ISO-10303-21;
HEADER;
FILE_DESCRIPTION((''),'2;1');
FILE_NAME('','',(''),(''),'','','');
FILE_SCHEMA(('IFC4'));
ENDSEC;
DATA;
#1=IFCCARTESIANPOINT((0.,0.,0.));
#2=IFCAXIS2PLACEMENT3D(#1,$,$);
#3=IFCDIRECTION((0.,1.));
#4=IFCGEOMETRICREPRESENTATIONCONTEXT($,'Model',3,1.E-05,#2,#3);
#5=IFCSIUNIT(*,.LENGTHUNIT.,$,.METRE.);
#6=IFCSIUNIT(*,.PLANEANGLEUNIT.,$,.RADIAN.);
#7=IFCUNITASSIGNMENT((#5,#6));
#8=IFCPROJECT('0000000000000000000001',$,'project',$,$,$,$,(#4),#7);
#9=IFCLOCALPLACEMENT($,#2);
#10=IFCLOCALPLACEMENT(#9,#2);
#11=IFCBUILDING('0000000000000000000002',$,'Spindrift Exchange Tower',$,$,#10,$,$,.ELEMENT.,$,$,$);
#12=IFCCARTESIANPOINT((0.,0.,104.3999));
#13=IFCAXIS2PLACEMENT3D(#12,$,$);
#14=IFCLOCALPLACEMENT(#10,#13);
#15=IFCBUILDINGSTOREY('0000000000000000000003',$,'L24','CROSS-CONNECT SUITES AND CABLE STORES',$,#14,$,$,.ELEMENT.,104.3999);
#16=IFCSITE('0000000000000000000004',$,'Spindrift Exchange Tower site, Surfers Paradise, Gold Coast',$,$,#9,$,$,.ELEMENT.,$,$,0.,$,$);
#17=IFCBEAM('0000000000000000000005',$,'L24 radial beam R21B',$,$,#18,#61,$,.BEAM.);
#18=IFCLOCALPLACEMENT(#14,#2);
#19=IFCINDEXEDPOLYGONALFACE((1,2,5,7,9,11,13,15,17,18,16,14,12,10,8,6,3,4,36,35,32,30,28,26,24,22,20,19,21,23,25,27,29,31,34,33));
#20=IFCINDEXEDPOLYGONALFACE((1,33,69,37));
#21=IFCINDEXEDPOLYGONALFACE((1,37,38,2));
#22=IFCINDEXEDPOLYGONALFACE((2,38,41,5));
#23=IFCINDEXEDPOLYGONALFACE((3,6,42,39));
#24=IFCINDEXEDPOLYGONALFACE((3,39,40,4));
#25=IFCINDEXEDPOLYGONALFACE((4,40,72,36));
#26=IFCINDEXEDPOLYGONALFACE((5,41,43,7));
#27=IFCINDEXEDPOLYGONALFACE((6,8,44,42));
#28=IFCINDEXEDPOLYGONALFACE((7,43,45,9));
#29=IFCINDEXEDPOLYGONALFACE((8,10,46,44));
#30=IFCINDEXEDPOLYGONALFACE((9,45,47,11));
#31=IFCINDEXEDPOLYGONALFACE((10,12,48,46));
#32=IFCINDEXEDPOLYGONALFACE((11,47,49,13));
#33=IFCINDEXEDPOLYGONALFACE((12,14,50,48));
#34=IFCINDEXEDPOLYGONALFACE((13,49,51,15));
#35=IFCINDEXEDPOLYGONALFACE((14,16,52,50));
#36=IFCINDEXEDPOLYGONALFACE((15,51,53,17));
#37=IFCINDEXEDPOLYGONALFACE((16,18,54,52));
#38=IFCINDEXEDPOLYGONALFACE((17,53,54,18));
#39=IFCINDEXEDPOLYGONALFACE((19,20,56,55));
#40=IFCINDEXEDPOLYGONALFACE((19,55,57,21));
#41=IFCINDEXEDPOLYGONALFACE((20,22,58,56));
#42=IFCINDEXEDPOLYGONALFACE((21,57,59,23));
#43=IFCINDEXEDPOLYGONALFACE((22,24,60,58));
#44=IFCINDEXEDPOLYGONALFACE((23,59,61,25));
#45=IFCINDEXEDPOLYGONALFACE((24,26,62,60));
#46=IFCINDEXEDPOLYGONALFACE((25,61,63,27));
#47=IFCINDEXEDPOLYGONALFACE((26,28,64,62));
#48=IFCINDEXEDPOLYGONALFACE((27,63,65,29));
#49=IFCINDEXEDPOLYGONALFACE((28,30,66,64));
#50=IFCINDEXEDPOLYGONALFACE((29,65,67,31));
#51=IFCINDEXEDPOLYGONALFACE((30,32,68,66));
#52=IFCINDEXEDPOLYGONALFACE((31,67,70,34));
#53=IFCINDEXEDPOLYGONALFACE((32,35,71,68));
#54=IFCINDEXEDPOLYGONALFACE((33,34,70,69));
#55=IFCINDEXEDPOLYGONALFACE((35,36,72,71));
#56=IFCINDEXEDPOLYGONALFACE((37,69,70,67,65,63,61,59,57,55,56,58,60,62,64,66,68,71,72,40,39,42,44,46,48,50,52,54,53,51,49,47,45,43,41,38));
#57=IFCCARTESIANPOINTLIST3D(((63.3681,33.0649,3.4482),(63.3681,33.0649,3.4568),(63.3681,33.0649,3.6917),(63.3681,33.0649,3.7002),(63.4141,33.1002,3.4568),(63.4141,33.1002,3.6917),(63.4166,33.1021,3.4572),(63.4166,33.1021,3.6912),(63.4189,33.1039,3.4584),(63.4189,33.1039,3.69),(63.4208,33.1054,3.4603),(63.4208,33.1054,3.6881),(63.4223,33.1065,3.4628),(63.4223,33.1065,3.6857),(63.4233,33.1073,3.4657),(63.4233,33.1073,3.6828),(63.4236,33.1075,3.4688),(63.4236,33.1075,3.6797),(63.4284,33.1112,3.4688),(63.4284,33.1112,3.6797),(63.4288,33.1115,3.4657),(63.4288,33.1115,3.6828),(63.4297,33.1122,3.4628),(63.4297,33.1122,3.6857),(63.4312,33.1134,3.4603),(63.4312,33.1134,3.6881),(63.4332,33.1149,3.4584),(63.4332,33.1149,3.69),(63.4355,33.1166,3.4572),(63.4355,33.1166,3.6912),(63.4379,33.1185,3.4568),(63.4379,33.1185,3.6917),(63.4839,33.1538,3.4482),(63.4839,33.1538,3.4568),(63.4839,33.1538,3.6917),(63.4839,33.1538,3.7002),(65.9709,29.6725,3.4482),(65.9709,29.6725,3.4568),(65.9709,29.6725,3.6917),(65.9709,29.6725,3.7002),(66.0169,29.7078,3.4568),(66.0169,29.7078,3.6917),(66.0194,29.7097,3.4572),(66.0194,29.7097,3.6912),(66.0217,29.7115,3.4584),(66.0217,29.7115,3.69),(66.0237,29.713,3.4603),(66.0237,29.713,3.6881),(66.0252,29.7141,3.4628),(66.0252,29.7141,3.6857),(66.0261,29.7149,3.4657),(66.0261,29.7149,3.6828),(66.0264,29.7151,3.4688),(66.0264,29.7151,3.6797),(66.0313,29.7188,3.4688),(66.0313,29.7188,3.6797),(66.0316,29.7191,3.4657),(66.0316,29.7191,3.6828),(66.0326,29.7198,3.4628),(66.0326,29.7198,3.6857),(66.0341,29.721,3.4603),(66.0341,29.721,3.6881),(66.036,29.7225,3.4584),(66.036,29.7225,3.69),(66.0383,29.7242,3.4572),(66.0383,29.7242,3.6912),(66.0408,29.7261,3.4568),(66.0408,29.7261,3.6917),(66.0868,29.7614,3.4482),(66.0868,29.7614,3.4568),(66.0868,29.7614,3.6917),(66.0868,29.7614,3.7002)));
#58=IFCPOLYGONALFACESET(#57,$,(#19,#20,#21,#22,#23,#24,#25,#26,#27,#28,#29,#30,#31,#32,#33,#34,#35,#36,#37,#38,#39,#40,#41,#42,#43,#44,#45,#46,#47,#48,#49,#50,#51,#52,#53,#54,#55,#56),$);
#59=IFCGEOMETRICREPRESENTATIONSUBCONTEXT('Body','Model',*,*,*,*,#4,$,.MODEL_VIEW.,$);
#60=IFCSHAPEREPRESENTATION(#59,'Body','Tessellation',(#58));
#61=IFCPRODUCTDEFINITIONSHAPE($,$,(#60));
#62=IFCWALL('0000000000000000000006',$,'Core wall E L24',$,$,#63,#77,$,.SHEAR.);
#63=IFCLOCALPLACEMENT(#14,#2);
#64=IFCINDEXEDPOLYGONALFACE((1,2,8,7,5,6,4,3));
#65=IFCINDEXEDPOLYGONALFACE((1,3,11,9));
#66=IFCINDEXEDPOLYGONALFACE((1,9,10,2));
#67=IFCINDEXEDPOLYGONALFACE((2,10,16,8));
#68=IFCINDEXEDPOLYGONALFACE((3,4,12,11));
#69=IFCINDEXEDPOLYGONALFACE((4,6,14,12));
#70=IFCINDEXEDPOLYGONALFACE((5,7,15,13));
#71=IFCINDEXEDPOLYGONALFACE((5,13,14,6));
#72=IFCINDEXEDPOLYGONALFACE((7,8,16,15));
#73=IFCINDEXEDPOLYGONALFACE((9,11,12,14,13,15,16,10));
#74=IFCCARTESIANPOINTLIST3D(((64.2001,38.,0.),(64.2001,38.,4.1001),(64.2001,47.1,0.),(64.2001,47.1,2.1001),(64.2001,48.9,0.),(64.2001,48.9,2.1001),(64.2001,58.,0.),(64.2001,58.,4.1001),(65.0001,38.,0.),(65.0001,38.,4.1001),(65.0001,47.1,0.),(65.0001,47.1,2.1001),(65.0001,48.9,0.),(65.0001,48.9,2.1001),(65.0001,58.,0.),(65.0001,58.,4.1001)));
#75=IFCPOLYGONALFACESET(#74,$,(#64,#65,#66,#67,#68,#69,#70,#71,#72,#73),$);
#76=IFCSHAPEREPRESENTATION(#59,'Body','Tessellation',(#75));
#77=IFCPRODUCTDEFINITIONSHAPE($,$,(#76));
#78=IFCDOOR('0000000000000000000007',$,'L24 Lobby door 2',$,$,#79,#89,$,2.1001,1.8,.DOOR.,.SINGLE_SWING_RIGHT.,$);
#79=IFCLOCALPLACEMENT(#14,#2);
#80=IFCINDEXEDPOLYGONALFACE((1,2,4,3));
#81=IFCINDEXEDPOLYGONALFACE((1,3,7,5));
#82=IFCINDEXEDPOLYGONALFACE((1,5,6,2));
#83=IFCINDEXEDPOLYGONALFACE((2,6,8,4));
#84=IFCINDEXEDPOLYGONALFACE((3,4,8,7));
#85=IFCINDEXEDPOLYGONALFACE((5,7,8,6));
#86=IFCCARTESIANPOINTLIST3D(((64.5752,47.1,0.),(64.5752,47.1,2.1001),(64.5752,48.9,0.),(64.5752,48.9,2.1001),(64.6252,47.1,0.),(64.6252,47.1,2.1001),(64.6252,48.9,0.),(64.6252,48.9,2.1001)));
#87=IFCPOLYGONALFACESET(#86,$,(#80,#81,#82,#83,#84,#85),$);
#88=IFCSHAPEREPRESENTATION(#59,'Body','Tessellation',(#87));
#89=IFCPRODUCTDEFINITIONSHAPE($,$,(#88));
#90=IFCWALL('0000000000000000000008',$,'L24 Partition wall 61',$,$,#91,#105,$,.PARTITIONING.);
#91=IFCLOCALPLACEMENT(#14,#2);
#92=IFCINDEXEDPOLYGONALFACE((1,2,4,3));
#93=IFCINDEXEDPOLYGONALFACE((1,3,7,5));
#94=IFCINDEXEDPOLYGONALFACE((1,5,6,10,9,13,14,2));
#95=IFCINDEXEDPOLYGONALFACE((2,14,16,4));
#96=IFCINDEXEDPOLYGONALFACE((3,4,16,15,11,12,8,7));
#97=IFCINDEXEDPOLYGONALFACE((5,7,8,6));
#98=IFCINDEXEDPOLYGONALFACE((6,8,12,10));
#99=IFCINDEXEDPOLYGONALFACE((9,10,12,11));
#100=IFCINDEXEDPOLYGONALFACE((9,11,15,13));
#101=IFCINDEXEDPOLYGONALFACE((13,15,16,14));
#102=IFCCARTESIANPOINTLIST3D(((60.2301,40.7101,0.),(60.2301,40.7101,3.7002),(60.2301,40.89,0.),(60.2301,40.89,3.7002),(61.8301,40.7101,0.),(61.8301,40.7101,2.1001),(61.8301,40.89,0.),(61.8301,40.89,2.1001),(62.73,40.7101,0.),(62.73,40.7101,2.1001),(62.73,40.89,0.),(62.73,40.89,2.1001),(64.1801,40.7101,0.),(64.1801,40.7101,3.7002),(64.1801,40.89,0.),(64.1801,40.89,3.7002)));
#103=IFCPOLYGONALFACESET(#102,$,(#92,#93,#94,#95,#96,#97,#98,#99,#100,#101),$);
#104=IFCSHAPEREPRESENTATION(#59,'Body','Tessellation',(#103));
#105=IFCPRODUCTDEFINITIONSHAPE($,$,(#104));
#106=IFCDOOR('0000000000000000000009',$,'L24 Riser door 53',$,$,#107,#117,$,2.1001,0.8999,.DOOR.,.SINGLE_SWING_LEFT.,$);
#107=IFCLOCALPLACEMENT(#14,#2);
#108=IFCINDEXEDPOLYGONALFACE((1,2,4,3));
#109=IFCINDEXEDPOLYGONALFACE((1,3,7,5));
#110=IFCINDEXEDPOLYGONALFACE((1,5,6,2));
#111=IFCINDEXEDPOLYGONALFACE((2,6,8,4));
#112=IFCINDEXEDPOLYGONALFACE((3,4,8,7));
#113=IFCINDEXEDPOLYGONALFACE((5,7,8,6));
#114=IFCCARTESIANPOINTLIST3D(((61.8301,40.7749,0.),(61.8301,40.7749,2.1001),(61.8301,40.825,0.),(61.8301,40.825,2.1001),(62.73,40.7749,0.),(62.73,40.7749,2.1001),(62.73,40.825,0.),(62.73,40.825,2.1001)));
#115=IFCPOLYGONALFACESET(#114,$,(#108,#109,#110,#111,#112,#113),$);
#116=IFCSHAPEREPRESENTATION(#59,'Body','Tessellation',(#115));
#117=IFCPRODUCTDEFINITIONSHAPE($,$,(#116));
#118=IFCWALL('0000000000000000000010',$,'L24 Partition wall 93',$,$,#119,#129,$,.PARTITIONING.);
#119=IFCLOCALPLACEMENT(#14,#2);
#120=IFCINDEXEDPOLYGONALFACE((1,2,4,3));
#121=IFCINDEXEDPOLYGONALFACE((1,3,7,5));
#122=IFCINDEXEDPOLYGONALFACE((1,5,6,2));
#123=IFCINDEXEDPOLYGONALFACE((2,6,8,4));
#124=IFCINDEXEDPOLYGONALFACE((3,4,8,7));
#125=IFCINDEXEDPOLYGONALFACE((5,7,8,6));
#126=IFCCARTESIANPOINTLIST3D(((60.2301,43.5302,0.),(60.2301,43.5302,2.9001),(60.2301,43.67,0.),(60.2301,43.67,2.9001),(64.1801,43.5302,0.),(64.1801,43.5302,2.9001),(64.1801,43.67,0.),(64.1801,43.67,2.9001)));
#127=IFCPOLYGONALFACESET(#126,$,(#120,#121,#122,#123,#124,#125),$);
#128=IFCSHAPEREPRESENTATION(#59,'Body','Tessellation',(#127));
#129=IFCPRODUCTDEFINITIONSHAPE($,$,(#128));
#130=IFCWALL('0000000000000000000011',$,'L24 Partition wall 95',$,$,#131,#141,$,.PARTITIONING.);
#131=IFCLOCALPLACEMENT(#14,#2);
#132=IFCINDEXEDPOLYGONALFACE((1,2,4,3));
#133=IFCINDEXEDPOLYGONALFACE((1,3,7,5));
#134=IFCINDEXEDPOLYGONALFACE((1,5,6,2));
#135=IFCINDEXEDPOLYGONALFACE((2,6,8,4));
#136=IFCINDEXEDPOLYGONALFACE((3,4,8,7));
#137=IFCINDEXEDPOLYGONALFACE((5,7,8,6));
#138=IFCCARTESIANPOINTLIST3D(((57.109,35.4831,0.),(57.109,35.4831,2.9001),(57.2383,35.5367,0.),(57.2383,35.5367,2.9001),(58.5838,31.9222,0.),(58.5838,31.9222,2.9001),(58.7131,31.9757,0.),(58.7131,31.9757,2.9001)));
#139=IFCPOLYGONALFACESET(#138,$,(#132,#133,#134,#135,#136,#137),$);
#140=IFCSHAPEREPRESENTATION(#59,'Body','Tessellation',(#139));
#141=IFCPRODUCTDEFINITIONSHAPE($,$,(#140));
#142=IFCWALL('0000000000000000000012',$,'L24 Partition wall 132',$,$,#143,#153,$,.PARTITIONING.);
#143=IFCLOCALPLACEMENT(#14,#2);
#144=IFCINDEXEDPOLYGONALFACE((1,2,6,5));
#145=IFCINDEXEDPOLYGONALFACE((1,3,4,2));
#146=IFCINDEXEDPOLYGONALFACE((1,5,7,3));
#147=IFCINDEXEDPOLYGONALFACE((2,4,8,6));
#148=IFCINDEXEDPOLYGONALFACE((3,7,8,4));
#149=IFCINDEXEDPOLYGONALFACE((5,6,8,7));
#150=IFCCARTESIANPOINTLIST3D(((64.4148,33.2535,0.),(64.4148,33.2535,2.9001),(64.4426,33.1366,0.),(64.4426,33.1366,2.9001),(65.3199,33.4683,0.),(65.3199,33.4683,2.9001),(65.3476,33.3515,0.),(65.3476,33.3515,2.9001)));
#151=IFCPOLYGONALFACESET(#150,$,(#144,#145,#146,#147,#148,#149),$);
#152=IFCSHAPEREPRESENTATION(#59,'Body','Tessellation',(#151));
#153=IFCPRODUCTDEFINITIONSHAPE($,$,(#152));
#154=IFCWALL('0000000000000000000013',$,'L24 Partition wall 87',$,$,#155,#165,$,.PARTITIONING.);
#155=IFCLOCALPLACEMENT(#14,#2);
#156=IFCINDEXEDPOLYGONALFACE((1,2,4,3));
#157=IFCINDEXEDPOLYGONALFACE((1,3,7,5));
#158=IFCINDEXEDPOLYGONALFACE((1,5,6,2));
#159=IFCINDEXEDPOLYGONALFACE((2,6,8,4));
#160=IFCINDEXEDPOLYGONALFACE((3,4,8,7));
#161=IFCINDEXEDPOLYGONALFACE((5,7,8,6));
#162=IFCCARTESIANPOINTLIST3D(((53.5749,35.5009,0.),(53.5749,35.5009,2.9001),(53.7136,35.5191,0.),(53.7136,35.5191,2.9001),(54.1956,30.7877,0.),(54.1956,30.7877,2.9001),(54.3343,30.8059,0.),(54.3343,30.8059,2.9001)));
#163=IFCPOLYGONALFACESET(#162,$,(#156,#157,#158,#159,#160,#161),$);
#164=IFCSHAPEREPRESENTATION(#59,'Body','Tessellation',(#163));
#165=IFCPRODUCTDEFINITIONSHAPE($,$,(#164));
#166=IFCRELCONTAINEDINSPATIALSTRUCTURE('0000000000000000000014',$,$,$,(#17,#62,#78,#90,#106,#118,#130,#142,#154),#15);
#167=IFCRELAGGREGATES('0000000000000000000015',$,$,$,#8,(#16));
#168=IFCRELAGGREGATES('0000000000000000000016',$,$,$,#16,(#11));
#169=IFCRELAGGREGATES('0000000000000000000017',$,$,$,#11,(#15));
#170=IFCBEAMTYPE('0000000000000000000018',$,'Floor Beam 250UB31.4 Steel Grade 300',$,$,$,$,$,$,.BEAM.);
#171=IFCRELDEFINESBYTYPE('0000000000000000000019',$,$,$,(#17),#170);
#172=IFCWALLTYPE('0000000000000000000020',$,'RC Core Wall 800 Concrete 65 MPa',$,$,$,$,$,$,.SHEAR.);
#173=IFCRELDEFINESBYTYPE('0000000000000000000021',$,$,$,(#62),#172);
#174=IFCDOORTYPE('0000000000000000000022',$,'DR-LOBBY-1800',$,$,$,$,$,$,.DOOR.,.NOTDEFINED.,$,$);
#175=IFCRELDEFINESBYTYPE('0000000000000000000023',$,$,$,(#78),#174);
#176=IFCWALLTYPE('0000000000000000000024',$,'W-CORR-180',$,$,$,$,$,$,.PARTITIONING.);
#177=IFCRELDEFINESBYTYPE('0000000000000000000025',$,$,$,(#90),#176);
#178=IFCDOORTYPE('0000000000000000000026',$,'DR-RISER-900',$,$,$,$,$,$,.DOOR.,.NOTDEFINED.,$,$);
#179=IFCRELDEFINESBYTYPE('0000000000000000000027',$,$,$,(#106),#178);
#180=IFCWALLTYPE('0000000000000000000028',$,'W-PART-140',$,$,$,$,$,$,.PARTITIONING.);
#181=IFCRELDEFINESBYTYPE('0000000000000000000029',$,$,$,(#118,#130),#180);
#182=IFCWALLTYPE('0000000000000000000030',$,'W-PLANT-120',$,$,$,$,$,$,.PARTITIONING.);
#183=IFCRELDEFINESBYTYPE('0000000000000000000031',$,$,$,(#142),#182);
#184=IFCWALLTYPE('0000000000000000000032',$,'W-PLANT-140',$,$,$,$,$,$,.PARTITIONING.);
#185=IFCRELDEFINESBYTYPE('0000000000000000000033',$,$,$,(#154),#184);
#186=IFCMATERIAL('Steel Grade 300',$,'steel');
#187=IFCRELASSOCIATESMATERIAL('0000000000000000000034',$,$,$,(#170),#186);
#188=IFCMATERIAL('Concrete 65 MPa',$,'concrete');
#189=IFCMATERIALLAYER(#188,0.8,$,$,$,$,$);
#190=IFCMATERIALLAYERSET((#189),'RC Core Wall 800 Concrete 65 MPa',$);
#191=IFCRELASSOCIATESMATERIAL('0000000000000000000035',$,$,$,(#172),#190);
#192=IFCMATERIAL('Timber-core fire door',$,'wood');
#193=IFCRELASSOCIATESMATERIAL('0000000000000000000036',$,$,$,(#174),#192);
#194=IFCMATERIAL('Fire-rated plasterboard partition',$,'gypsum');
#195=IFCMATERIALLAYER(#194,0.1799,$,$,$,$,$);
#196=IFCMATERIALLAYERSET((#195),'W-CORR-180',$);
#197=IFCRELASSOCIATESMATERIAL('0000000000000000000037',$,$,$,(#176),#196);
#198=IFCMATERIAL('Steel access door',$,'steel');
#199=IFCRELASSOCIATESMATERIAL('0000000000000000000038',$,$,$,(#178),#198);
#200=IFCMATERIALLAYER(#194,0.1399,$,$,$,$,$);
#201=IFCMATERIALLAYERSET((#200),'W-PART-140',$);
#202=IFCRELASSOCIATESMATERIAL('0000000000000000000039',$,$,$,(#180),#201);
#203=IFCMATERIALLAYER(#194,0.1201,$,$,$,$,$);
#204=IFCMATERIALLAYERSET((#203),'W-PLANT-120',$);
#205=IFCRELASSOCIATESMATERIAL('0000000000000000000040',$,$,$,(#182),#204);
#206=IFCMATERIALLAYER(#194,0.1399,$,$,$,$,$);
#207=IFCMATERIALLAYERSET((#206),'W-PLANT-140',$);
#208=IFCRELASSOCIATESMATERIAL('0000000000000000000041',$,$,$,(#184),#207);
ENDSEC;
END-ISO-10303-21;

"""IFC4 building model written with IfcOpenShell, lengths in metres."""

from ifc_helpers import new_model, si_unit, direction, frame, frame_2d, origin, origin_2d, place, context, subcontext, project, spatial, rectangle, i_section, extrude, source, transform, mapped, material, layer, layer_set, material_profile, profile_set, type_object, element, fill, save


model = new_model("IFC4")

# Units and contexts
model_context = context("Model", 3, precision=1e-05, world=origin(), true_north=direction((0.0, 1.0)))
body_context = subcontext(model_context, "Body", "Model", "MODEL_VIEW")
ifc_project = project(units=[si_unit("LENGTHUNIT", "METRE"), si_unit("PLANEANGLEUNIT", "RADIAN")], contexts=[model_context])

# Site, building, storey
site_placement = place(None, origin())
site = spatial("IfcSite", under=ifc_project, at=site_placement, Name="Spindrift Exchange Tower site, Surfers Paradise, Gold Coast", CompositionType="ELEMENT", RefElevation=0.0)
building_placement = place(site_placement, origin())
building = spatial("IfcBuilding", under=site, at=building_placement, Name="Spindrift Exchange Tower", CompositionType="ELEMENT")
storey_placement = place(building_placement, frame((0.0, 0.0, 104.3999)))
storey = spatial("IfcBuildingStorey", under=building, at=storey_placement, Name="L24", Description="CROSS-CONNECT SUITES AND CABLE STORES", CompositionType="ELEMENT", Elevation=104.3999)

# Shared definitions
ifc_material_1 = material(Name="Concrete 65 MPa", Category="concrete")

# Beam
ifc_material_2 = material(Name="Steel Grade 300", Category="steel")
ifc_material_profile_1 = material_profile(ifc_material_2, i_section(OverallWidth=0.146, OverallDepth=0.252, WebThickness=0.0061, FlangeThickness=0.0085, FilletRadius=0.012, at=origin_2d()), Name="250UB31.4")
ifc_profile_set_1 = profile_set([ifc_material_profile_1], Name="Steel Grade 300")
beam_type_1 = type_object("IfcBeamType", Name="Floor Beam 250UB31.4 Steel Grade 300", PredefinedType="BEAM", material=ifc_profile_set_1)
shared_shape_1 = source(origin(), body_context, "Body", "SweptSolid", [
    extrude(i_section(OverallWidth=0.146, OverallDepth=0.252, WebThickness=0.0061, FlangeThickness=0.0085, FilletRadius=0.012, at=origin_2d()), origin(), (0.0, 0.0, 1.0), 4.2759),
])
beam_1_placement = place(storey_placement, frame((63.426, 33.1094, 3.5742), z_axis=(0.608725, -0.793381, 0.0), x_axis=(0.793381, 0.608725, 0.0)))
element("IfcBeam", 1, at=beam_1_placement, inside=storey, type_object=beam_type_1, Name="L24 radial beam R21B", PredefinedType="BEAM", context=body_context, shape_type="MappedRepresentation", body=[
    mapped(shared_shape_1, transform((0.0, 0.0, 0.0), scale=1.0)),
])

# Walls, openings, doors
ifc_layer_1 = layer(ifc_material_1, 0.8)
ifc_layer_set_1 = layer_set([ifc_layer_1], Name="RC Core Wall 800 Concrete 65 MPa")
wall_type_1 = type_object("IfcWallType", Name="RC Core Wall 800 Concrete 65 MPa", PredefinedType="SHEAR", material=ifc_layer_set_1)
wall_1_placement = place(storey_placement, frame((64.6001, 38.0, 0.0), z_axis=(0.0, 0.0, 1.0), x_axis=(0.0, 1.0, 0.0)))
wall_1 = element("IfcWall", 2, at=wall_1_placement, inside=storey, type_object=wall_type_1, Name="Core wall E L24", PredefinedType="SHEAR", context=body_context, shape_type="SweptSolid", body=[
    extrude(rectangle(XDim=20.0, YDim=0.8, at=frame_2d((10.0, 0.0))), origin(), (0.0, 0.0, 1.0), 4.1001),
])
opening_1_placement = place(wall_1_placement, frame((9.1001, 0.0, 0.0)))
opening_1 = element("IfcOpeningElement", 3, at=opening_1_placement, cuts=wall_1, PredefinedType="OPENING", context=body_context, shape_type="SweptSolid", body=[
    extrude(rectangle(XDim=1.8, YDim=2.1001, at=frame_2d((0.8999, 1.05))), frame((0.0, 0.4099, 0.0), z_axis=(0.0, -1.0, 0.0), x_axis=(1.0, 0.0, 0.0)), (0.0, 0.0, 1.0), 0.8201),
])
ifc_material_3 = material(Name="Timber-core fire door", Category="wood")
door_type_1 = type_object("IfcDoorType", Name="DR-LOBBY-1800", OperationType="NOTDEFINED", PredefinedType="DOOR", material=ifc_material_3)
shared_shape_2 = source(origin(), body_context, "Body", "SweptSolid", [
    extrude(rectangle(XDim=1.8, YDim=2.1001, at=frame_2d((0.8999, 1.05))), frame((0.0, 0.0249, 0.0), z_axis=(0.0, -1.0, 0.0), x_axis=(1.0, 0.0, 0.0)), (0.0, 0.0, 1.0), 0.05),
])
door_1_placement = place(opening_1_placement, origin())
door_1 = element("IfcDoor", 4, at=door_1_placement, inside=storey, type_object=door_type_1, Name="L24 Lobby door 2", OperationType="SINGLE_SWING_RIGHT", OverallHeight=2.1001, OverallWidth=1.8, PredefinedType="DOOR", context=body_context, shape_type="MappedRepresentation", body=[
    mapped(shared_shape_2, transform((0.0, 0.0, 0.0), scale=1.0)),
])
fill(opening_1, door_1)
ifc_material_4 = material(Name="Fire-rated plasterboard partition", Category="gypsum")
ifc_layer_2 = layer(ifc_material_4, 0.1799)
ifc_layer_set_2 = layer_set([ifc_layer_2], Name="W-CORR-180")
wall_type_2 = type_object("IfcWallType", Name="W-CORR-180", PredefinedType="PARTITIONING", material=ifc_layer_set_2)
wall_2_placement = place(storey_placement, frame((60.23, 40.8, 0.0), z_axis=(0.0, 0.0, 1.0), x_axis=(1.0, 0.0, 0.0)))
wall_2 = element("IfcWall", 5, at=wall_2_placement, inside=storey, type_object=wall_type_2, Name="L24 Partition wall 61", PredefinedType="PARTITIONING", context=body_context, shape_type="SweptSolid", body=[
    extrude(rectangle(XDim=3.95, YDim=0.1799, at=frame_2d((1.9751, 0.0))), origin(), (0.0, 0.0, 1.0), 3.7002),
])
opening_2_placement = place(wall_2_placement, frame((1.6001, 0.0, 0.0)))
opening_2 = element("IfcOpeningElement", 6, at=opening_2_placement, cuts=wall_2, PredefinedType="OPENING", context=body_context, shape_type="SweptSolid", body=[
    extrude(rectangle(XDim=0.8999, YDim=2.1001, at=frame_2d((0.45, 1.05))), frame((0.0, 0.0999, 0.0), z_axis=(0.0, -1.0, 0.0), x_axis=(1.0, 0.0, 0.0)), (0.0, 0.0, 1.0), 0.2),
])
ifc_material_5 = material(Name="Steel access door", Category="steel")
door_type_2 = type_object("IfcDoorType", Name="DR-RISER-900", OperationType="NOTDEFINED", PredefinedType="DOOR", material=ifc_material_5)
shared_shape_3 = source(origin(), body_context, "Body", "SweptSolid", [
    extrude(rectangle(XDim=0.8999, YDim=2.1001, at=frame_2d((0.45, 1.05))), frame((0.0, 0.0249, 0.0), z_axis=(0.0, -1.0, 0.0), x_axis=(1.0, 0.0, 0.0)), (0.0, 0.0, 1.0), 0.05),
])
door_2_placement = place(opening_2_placement, origin())
door_2 = element("IfcDoor", 7, at=door_2_placement, inside=storey, type_object=door_type_2, Name="L24 Riser door 53", OperationType="SINGLE_SWING_LEFT", OverallHeight=2.1001, OverallWidth=0.8999, PredefinedType="DOOR", context=body_context, shape_type="MappedRepresentation", body=[
    mapped(shared_shape_3, transform((0.0, 0.0, 0.0), scale=1.0)),
])
fill(opening_2, door_2)

# Walls
ifc_layer_3 = layer(ifc_material_4, 0.1399)
ifc_layer_set_3 = layer_set([ifc_layer_3], Name="W-PART-140")
wall_type_3 = type_object("IfcWallType", Name="W-PART-140", PredefinedType="PARTITIONING", material=ifc_layer_set_3)
wall_3_placement = place(storey_placement, frame((60.23, 43.6001, 0.0), z_axis=(0.0, 0.0, 1.0), x_axis=(1.0, 0.0, 0.0)))
element("IfcWall", 8, at=wall_3_placement, inside=storey, type_object=wall_type_3, Name="L24 Partition wall 93", PredefinedType="PARTITIONING", context=body_context, shape_type="SweptSolid", body=[
    extrude(rectangle(XDim=3.95, YDim=0.1399, at=frame_2d((1.9751, 0.0))), origin(), (0.0, 0.0, 1.0), 2.9001),
])
wall_4_placement = place(storey_placement, frame((57.1736, 35.51, 0.0), z_axis=(0.0, 0.0, 1.0), x_axis=(0.382645, -0.923896, 0.0)))
element("IfcWall", 9, at=wall_4_placement, inside=storey, type_object=wall_type_3, Name="L24 Partition wall 95", PredefinedType="PARTITIONING", context=body_context, shape_type="SweptSolid", body=[
    extrude(rectangle(XDim=3.8542, YDim=0.1399, at=frame_2d((1.9272, 0.0))), origin(), (0.0, 0.0, 1.0), 2.9001),
])
ifc_layer_4 = layer(ifc_material_4, 0.1201)
ifc_layer_set_4 = layer_set([ifc_layer_4], Name="W-PLANT-120")
wall_type_4 = type_object("IfcWallType", Name="W-PLANT-120", PredefinedType="PARTITIONING", material=ifc_layer_set_4)
wall_5_placement = place(storey_placement, frame((64.4287, 33.1951, 0.0), z_axis=(0.0, 0.0, 1.0), x_axis=(0.972961, 0.23097, 0.0)))
element("IfcWall", 10, at=wall_5_placement, inside=storey, type_object=wall_type_4, Name="L24 Partition wall 132", PredefinedType="PARTITIONING", context=body_context, shape_type="SweptSolid", body=[
    extrude(rectangle(XDim=0.9302, YDim=0.1201, at=frame_2d((0.4651, 0.0))), origin(), (0.0, 0.0, 1.0), 2.9001),
])
ifc_layer_5 = layer(ifc_material_4, 0.1399)
ifc_layer_set_5 = layer_set([ifc_layer_5], Name="W-PLANT-140")
wall_type_5 = type_object("IfcWallType", Name="W-PLANT-140", PredefinedType="PARTITIONING", material=ifc_layer_set_5)
wall_6_placement = place(storey_placement, frame((53.6443, 35.51, 0.0), z_axis=(0.0, 0.0, 1.0), x_axis=(0.130549, -0.991442, 0.0)))
element("IfcWall", 11, at=wall_6_placement, inside=storey, type_object=wall_type_5, Name="L24 Partition wall 87", PredefinedType="PARTITIONING", context=body_context, shape_type="SweptSolid", body=[
    extrude(rectangle(XDim=4.7539, YDim=0.1399, at=frame_2d((2.377, 0.0))), origin(), (0.0, 0.0, 1.0), 2.9001),
])

save(model, "model.ifc")
